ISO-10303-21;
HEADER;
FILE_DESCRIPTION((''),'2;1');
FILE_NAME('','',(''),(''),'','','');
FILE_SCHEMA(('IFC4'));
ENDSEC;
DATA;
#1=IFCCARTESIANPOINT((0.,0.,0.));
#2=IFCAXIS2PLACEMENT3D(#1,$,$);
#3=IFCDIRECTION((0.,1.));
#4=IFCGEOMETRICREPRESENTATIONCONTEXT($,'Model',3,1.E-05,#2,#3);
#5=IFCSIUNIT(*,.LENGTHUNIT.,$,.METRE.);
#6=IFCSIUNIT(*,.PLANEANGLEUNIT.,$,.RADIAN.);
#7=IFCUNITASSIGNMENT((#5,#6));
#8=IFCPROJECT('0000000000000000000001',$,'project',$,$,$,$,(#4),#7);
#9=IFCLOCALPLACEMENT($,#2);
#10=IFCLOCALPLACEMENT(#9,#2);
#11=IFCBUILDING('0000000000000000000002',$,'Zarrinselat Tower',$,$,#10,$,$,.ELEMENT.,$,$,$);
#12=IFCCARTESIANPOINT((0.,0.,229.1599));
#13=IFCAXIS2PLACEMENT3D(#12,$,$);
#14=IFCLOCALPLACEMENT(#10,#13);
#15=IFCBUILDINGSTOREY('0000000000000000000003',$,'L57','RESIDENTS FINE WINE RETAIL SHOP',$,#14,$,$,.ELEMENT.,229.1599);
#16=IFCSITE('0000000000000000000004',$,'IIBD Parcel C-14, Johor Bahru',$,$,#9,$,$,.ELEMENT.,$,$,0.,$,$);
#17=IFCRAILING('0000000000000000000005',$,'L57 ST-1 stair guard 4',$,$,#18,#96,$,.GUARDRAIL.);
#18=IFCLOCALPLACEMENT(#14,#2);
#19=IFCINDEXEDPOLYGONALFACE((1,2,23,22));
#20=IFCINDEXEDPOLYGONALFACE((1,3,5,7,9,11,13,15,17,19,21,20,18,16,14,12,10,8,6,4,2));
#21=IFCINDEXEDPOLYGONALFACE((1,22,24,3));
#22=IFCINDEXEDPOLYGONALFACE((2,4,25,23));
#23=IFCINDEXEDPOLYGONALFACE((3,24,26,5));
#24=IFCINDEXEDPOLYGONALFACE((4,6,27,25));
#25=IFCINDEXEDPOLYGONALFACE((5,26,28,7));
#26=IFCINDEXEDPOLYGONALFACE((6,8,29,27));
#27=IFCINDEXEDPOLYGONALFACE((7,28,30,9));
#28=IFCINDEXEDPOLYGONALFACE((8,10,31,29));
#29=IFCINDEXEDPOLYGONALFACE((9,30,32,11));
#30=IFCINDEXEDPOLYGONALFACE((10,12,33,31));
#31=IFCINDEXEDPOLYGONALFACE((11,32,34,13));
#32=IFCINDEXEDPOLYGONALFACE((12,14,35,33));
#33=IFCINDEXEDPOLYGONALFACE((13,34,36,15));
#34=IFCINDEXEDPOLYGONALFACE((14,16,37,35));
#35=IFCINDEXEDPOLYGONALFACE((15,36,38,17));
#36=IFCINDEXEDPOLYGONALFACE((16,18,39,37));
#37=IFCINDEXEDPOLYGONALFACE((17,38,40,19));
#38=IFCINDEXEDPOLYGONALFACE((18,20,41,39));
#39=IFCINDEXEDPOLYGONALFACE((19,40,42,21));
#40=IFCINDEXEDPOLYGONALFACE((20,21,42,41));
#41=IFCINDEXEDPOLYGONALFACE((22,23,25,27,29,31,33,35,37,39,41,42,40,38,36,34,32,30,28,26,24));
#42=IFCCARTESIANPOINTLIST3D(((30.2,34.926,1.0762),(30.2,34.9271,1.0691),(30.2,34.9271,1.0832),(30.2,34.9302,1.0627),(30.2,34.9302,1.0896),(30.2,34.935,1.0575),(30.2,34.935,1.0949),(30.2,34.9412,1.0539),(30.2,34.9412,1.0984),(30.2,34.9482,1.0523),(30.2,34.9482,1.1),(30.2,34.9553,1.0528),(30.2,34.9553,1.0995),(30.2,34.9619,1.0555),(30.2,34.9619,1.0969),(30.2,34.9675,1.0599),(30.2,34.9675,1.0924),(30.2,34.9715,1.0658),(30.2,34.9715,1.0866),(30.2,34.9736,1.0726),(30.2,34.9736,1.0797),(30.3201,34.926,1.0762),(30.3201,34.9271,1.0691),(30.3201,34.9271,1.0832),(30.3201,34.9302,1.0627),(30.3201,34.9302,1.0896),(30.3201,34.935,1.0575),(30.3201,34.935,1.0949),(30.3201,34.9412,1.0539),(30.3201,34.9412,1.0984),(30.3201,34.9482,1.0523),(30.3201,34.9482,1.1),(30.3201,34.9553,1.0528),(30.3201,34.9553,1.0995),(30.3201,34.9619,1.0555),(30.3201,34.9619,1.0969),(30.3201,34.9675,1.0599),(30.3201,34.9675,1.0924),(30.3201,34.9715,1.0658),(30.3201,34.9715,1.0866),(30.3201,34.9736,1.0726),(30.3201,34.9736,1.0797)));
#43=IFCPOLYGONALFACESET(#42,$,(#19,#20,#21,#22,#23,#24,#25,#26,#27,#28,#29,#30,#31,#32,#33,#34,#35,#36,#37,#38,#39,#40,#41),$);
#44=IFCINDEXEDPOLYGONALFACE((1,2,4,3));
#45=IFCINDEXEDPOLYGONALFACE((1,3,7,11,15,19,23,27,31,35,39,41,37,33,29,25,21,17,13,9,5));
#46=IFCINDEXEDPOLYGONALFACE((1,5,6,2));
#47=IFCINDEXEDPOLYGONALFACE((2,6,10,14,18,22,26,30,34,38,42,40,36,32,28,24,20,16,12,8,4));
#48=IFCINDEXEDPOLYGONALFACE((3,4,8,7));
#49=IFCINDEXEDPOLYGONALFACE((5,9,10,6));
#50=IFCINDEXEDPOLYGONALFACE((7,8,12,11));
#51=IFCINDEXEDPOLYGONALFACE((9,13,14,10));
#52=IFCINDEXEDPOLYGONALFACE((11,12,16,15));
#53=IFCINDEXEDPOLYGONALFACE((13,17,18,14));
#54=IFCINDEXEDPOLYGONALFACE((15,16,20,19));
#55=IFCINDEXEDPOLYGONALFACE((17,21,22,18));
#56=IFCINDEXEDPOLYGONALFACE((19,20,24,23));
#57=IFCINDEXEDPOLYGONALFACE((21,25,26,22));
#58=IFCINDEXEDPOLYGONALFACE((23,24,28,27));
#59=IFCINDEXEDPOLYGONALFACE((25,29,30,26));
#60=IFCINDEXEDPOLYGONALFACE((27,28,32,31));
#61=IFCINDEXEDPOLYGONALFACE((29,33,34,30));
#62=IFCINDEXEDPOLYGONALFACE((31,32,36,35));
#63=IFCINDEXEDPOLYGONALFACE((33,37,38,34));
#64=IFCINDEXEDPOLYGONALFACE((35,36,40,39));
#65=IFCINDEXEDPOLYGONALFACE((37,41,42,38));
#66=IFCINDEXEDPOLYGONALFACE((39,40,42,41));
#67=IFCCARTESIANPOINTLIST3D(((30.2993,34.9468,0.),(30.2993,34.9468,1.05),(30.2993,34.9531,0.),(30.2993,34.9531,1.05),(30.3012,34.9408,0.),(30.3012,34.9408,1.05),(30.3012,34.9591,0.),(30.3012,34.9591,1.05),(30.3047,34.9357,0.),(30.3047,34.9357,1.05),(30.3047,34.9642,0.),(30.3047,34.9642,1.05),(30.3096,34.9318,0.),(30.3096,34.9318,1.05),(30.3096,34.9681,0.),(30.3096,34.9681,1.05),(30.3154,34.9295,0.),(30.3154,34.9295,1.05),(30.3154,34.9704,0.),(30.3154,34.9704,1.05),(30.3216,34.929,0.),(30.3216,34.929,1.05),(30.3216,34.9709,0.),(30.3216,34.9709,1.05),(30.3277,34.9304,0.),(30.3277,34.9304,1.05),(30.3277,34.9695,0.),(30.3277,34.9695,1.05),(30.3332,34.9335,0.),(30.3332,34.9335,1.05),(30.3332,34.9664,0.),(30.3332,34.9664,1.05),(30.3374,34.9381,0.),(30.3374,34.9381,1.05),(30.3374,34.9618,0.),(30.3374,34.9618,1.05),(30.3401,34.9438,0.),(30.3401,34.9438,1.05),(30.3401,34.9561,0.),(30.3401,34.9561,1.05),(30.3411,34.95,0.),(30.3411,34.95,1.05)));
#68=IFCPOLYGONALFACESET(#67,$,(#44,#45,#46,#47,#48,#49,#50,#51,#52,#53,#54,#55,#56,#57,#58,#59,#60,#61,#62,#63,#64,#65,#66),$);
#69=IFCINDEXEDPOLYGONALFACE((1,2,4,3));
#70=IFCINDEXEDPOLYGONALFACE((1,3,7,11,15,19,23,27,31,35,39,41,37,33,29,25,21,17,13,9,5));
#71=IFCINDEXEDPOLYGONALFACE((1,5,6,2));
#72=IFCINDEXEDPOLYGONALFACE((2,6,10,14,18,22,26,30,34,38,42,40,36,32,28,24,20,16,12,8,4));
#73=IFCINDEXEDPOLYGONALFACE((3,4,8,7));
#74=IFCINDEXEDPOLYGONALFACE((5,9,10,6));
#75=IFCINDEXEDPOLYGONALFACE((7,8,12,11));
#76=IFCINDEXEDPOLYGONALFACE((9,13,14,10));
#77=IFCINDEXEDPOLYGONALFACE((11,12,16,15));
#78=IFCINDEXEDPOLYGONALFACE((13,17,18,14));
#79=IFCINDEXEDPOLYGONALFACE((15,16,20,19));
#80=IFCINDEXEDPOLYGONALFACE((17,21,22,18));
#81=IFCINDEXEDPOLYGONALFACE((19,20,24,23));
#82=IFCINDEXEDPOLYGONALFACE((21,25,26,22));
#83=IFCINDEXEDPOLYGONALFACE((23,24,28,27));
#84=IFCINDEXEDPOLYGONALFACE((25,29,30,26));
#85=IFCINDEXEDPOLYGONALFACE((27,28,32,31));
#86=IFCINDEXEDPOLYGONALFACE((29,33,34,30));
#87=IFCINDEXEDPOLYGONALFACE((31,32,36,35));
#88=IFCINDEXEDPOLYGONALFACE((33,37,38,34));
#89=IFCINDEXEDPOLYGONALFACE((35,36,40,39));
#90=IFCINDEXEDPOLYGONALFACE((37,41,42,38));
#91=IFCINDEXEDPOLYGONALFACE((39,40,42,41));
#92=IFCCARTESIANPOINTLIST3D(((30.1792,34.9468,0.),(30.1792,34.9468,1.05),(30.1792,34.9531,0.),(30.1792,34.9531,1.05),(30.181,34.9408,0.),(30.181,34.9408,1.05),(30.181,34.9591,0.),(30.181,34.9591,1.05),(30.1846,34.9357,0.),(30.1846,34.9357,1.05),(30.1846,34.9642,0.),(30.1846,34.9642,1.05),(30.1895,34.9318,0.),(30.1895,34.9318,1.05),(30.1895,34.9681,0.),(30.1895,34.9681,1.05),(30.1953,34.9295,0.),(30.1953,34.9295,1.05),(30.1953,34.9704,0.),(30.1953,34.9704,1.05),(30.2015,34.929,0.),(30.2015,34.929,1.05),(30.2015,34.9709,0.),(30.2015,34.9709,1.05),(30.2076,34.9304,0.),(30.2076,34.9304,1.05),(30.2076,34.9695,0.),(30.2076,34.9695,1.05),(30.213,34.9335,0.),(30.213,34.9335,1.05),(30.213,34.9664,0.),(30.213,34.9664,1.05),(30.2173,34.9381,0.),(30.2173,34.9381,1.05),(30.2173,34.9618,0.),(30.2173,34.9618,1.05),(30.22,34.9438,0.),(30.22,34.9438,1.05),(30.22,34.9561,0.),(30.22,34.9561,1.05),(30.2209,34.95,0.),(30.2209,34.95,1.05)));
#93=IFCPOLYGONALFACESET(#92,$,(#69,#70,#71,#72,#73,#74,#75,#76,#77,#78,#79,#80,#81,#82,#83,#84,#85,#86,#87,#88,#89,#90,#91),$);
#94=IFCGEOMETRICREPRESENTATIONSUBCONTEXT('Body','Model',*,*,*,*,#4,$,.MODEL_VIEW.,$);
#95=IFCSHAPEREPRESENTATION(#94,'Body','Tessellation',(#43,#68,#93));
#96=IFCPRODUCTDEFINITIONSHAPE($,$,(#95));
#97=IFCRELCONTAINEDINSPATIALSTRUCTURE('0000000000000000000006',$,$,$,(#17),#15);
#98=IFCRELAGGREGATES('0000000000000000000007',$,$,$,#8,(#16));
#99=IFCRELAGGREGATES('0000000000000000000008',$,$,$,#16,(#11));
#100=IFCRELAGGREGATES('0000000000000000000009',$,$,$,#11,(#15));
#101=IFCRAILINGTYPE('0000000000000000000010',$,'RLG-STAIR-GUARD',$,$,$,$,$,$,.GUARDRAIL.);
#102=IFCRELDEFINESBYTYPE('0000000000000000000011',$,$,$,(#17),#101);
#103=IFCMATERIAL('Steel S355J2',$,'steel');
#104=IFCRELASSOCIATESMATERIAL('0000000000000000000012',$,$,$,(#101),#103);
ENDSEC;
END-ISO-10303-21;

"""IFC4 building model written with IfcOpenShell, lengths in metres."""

from ifc_helpers import new_model, si_unit, direction, frame, origin, origin_2d, place, context, subcontext, project, spatial, circle, extrude, material, type_object, element, save


model = new_model("IFC4")

# Units and contexts
model_context = context("Model", 3, precision=1e-05, world=origin(), true_north=direction((0.0, 1.0)))
body_context = subcontext(model_context, "Body", "Model", "MODEL_VIEW")
ifc_project = project(units=[si_unit("LENGTHUNIT", "METRE"), si_unit("PLANEANGLEUNIT", "RADIAN")], contexts=[model_context])

# Site, building, storey
site_placement = place(None, origin())
site = spatial("IfcSite", under=ifc_project, at=site_placement, Name="IIBD Parcel C-14, Johor Bahru", CompositionType="ELEMENT", RefElevation=0.0)
building_placement = place(site_placement, origin())
building = spatial("IfcBuilding", under=site, at=building_placement, Name="Zarrinselat Tower", CompositionType="ELEMENT")
storey_placement = place(building_placement, frame((0.0, 0.0, 229.1599)))
storey = spatial("IfcBuildingStorey", under=building, at=storey_placement, Name="L57", Description="RESIDENTS FINE WINE RETAIL SHOP", CompositionType="ELEMENT", Elevation=229.1599)

# Railing
ifc_material_1 = material(Name="Steel S355J2", Category="steel")
railing_type_1 = type_object("IfcRailingType", Name="RLG-STAIR-GUARD", PredefinedType="GUARDRAIL", material=ifc_material_1)
railing_1_placement = place(storey_placement, frame((30.3201, 34.95, 0.0)))
element("IfcRailing", 1, at=railing_1_placement, inside=storey, type_object=railing_type_1, Name="L57 ST-1 stair guard 4", PredefinedType="GUARDRAIL", context=body_context, shape_type="SweptSolid", body=[
    extrude(circle(Radius=0.0239, at=origin_2d()), frame((0.0, 0.0, 1.0762), z_axis=(-1.0, 0.0, 0.0), x_axis=(0.0, -1.0, 0.0)), (0.0, 0.0, 1.0), 0.1201),
    extrude(circle(Radius=0.021, at=origin_2d()), origin(), (0.0, 0.0, 1.0), 1.05),
    extrude(circle(Radius=0.021, at=origin_2d()), frame((-0.1201, 0.0, 0.0)), (0.0, 0.0, 1.0), 1.05),
])

save(model, "model.ifc")
